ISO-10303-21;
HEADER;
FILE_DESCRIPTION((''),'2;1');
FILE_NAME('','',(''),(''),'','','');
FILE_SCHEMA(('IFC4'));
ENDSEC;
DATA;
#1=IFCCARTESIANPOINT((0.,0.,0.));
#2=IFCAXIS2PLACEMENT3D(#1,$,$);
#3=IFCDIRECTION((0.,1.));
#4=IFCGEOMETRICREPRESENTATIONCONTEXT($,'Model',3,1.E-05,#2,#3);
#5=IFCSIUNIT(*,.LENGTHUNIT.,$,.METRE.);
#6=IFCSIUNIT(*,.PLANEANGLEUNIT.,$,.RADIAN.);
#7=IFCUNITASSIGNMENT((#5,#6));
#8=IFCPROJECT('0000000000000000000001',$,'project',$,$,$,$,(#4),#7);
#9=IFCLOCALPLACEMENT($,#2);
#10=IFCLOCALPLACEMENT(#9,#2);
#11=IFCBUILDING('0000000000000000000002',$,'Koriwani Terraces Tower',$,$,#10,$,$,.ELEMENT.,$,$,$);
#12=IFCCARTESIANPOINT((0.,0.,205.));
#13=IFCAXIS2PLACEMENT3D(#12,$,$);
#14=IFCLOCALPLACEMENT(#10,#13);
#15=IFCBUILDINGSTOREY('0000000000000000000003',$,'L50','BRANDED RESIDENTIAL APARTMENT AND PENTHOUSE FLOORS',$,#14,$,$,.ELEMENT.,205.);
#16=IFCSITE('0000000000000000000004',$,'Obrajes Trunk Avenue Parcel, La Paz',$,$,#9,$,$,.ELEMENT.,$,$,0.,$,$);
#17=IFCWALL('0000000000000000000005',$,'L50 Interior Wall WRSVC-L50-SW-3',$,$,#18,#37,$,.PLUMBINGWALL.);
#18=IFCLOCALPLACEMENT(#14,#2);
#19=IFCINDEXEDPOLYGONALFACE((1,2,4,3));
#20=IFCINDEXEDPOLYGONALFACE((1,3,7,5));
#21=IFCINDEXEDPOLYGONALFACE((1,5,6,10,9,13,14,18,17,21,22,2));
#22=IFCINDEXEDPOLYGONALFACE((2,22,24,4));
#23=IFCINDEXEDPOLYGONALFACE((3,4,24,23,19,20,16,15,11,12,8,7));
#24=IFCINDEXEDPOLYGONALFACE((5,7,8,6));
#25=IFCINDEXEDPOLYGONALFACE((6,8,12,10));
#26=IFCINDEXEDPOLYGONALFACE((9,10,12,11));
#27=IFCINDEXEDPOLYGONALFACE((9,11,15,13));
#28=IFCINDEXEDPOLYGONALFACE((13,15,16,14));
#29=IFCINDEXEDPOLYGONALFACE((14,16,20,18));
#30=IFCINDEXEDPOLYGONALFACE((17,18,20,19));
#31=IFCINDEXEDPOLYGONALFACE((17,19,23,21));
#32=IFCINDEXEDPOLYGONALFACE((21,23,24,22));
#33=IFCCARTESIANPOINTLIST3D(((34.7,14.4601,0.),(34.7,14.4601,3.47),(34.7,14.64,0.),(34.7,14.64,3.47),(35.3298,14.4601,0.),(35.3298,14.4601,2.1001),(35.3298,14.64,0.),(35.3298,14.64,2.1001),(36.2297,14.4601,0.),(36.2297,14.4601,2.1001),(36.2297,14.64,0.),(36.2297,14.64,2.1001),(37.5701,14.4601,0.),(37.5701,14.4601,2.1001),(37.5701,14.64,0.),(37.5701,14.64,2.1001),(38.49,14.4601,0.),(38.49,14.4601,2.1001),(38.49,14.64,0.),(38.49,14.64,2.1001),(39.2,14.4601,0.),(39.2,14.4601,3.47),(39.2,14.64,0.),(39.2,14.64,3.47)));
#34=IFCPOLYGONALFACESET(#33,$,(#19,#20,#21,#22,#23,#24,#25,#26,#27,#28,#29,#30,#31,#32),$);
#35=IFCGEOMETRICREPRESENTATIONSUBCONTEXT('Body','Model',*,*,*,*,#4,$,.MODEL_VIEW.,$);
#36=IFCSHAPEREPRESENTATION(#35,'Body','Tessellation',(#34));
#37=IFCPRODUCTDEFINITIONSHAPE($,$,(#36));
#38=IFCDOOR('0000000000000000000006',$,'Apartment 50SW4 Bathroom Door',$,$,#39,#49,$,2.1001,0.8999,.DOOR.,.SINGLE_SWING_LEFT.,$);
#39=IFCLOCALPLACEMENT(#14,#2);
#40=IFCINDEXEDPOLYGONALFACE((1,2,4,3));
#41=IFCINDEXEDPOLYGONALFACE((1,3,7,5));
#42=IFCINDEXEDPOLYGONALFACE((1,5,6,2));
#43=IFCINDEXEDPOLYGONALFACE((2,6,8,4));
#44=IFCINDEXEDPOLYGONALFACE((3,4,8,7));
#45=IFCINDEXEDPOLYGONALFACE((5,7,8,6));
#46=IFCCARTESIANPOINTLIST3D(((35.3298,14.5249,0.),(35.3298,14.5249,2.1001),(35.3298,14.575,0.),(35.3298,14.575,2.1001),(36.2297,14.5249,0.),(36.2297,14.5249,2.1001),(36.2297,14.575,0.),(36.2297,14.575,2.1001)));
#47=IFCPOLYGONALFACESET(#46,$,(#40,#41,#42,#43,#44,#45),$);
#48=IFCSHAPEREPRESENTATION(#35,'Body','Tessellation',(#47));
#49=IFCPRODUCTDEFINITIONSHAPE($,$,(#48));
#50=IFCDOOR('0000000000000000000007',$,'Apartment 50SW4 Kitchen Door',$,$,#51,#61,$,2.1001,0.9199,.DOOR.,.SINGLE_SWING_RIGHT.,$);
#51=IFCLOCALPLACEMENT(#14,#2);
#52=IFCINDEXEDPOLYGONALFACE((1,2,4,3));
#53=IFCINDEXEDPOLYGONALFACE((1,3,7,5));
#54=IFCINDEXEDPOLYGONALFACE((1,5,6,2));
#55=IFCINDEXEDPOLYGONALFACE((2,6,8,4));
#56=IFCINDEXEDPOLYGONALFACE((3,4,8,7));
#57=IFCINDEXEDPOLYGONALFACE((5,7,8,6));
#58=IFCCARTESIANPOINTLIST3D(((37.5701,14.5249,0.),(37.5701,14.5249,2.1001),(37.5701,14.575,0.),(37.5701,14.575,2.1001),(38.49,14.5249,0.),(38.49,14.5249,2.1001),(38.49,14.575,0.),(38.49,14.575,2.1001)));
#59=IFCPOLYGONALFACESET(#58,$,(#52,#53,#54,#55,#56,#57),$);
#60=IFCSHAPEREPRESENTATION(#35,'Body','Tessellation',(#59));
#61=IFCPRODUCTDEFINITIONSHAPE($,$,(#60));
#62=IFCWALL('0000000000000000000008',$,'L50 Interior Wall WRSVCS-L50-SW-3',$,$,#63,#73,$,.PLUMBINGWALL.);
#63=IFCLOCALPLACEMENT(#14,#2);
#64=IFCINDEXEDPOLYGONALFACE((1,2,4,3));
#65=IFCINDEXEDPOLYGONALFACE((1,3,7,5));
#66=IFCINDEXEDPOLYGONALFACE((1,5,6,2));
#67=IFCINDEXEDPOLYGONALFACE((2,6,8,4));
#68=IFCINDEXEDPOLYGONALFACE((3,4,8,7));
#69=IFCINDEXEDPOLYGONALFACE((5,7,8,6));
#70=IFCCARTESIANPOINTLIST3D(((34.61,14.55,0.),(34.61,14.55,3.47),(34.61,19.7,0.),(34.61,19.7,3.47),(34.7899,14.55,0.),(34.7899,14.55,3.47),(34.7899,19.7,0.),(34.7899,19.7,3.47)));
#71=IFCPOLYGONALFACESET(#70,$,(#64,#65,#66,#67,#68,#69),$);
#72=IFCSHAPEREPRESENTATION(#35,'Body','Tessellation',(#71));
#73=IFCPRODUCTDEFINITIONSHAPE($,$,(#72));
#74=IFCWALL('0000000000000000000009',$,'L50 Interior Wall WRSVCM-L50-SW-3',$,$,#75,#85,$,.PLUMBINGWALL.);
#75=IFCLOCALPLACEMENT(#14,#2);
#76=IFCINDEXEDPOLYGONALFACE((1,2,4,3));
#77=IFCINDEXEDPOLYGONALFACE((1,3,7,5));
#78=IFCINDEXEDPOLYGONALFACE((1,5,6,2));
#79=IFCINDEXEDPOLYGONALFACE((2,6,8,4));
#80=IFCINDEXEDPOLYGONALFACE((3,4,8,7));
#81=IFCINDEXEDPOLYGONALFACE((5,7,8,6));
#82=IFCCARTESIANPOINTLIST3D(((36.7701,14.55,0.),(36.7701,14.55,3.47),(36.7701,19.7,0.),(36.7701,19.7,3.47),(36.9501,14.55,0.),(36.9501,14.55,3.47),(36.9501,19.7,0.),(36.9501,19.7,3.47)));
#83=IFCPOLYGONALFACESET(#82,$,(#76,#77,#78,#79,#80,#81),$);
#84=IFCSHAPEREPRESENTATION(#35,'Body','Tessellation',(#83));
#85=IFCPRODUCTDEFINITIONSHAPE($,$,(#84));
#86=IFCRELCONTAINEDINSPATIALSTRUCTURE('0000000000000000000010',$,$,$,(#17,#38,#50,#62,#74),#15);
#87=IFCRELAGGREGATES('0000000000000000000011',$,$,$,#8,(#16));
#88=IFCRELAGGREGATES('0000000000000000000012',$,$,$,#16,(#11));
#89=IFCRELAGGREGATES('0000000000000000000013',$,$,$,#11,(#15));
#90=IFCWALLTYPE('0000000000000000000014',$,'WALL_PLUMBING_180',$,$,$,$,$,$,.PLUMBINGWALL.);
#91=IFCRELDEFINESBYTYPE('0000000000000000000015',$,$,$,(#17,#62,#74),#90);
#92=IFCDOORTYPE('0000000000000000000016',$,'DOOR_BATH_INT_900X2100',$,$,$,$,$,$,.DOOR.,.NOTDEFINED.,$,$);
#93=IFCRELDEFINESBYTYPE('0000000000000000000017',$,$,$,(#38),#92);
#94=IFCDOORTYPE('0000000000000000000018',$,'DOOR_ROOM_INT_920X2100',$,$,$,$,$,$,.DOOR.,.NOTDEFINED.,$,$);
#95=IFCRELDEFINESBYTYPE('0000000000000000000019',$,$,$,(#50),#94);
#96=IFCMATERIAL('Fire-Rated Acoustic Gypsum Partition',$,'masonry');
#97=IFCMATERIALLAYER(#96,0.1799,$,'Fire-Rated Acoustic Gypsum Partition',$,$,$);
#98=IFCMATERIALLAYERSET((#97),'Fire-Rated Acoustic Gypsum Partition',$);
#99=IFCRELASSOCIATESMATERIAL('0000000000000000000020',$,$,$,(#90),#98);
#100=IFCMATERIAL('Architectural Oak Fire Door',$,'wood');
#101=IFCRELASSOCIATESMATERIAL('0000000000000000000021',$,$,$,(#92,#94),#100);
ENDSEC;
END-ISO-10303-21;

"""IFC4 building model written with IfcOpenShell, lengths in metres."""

from ifc_helpers import new_model, si_unit, direction, frame, frame_2d, origin, place, context, subcontext, project, spatial, rectangle, extrude, material, layer, layer_set, type_object, element, fill, save


model = new_model("IFC4")

# Units and contexts
model_context = context("Model", 3, precision=1e-05, world=origin(), true_north=direction((0.0, 1.0)))
body_context = subcontext(model_context, "Body", "Model", "MODEL_VIEW")
ifc_project = project(units=[si_unit("LENGTHUNIT", "METRE"), si_unit("PLANEANGLEUNIT", "RADIAN")], contexts=[model_context])

# Site, building, storey
site_placement = place(None, origin())
site = spatial("IfcSite", under=ifc_project, at=site_placement, Name="Obrajes Trunk Avenue Parcel, La Paz", CompositionType="ELEMENT", RefElevation=0.0)
building_placement = place(site_placement, origin())
building = spatial("IfcBuilding", under=site, at=building_placement, Name="Koriwani Terraces Tower", CompositionType="ELEMENT")
storey_placement = place(building_placement, frame((0.0, 0.0, 205.0)))
storey = spatial("IfcBuildingStorey", under=building, at=storey_placement, Name="L50", Description="BRANDED RESIDENTIAL APARTMENT AND PENTHOUSE FLOORS", CompositionType="ELEMENT", Elevation=205.0)

# Wall, openings, doors
ifc_material_1 = material(Name="Fire-Rated Acoustic Gypsum Partition", Category="masonry")
ifc_layer_1 = layer(ifc_material_1, 0.1799, Name="Fire-Rated Acoustic Gypsum Partition")
ifc_layer_set_1 = layer_set([ifc_layer_1], Name="Fire-Rated Acoustic Gypsum Partition")
wall_type_1 = type_object("IfcWallType", Name="WALL_PLUMBING_180", PredefinedType="PLUMBINGWALL", material=ifc_layer_set_1)
wall_1_placement = place(storey_placement, frame((34.7, 14.55, 0.0), z_axis=(0.0, 0.0, 1.0), x_axis=(1.0, 0.0, 0.0)))
wall_1 = element("IfcWall", 1, at=wall_1_placement, inside=storey, type_object=wall_type_1, Name="L50 Interior Wall WRSVC-L50-SW-3", PredefinedType="PLUMBINGWALL", context=body_context, shape_type="SweptSolid", body=[
    extrude(rectangle(XDim=4.5, YDim=0.1799, at=frame_2d((2.25, 0.0))), origin(), (0.0, 0.0, 1.0), 3.47),
])
opening_1_placement = place(wall_1_placement, frame((0.6299, 0.0, 0.0)))
opening_1 = element("IfcOpeningElement", 2, at=opening_1_placement, cuts=wall_1, PredefinedType="OPENING", context=body_context, shape_type="SweptSolid", body=[
    extrude(rectangle(XDim=0.8999, YDim=2.1001, at=frame_2d((0.45, 1.05))), frame((0.0, 0.1001, 0.0), z_axis=(0.0, -1.0, 0.0), x_axis=(1.0, 0.0, 0.0)), (0.0, 0.0, 1.0), 0.2),
])
opening_2_placement = place(wall_1_placement, frame((2.8701, 0.0, 0.0)))
opening_2 = element("IfcOpeningElement", 3, at=opening_2_placement, cuts=wall_1, PredefinedType="OPENING", context=body_context, shape_type="SweptSolid", body=[
    extrude(rectangle(XDim=0.9199, YDim=2.1001, at=frame_2d((0.46, 1.05))), frame((0.0, 0.1001, 0.0), z_axis=(0.0, -1.0, 0.0), x_axis=(1.0, 0.0, 0.0)), (0.0, 0.0, 1.0), 0.2),
])
ifc_material_2 = material(Name="Architectural Oak Fire Door", Category="wood")
door_type_1 = type_object("IfcDoorType", Name="DOOR_BATH_INT_900X2100", OperationType="NOTDEFINED", PredefinedType="DOOR", material=ifc_material_2)
door_1_placement = place(opening_1_placement, origin())
door_1 = element("IfcDoor", 4, at=door_1_placement, inside=storey, type_object=door_type_1, Name="Apartment 50SW4 Bathroom Door", OperationType="SINGLE_SWING_LEFT", OverallHeight=2.1001, OverallWidth=0.8999, PredefinedType="DOOR", context=body_context, shape_type="SweptSolid", body=[
    extrude(rectangle(XDim=0.8999, YDim=2.1001, at=frame_2d((0.45, 1.05))), frame((0.0, 0.0249, 0.0), z_axis=(0.0, -1.0, 0.0), x_axis=(1.0, 0.0, 0.0)), (0.0, 0.0, 1.0), 0.05),
])
fill(opening_1, door_1)
door_type_2 = type_object("IfcDoorType", Name="DOOR_ROOM_INT_920X2100", OperationType="NOTDEFINED", PredefinedType="DOOR", material=ifc_material_2)
door_2_placement = place(opening_2_placement, origin())
door_2 = element("IfcDoor", 5, at=door_2_placement, inside=storey, type_object=door_type_2, Name="Apartment 50SW4 Kitchen Door", OperationType="SINGLE_SWING_RIGHT", OverallHeight=2.1001, OverallWidth=0.9199, PredefinedType="DOOR", context=body_context, shape_type="SweptSolid", body=[
    extrude(rectangle(XDim=0.9199, YDim=2.1001, at=frame_2d((0.46, 1.05))), frame((0.0, 0.0249, 0.0), z_axis=(0.0, -1.0, 0.0), x_axis=(1.0, 0.0, 0.0)), (0.0, 0.0, 1.0), 0.05),
])
fill(opening_2, door_2)

# Walls
for number, where, z_axis, x_axis, name in (
    (6, (34.7, 14.55, 0.0), (0.0, 0.0, 1.0), (0.0, 1.0, 0.0), "L50 Interior Wall WRSVCS-L50-SW-3"),
    (7, (36.8601, 14.55, 0.0), (0.0, 0.0, 1.0), (0.0, 1.0, 0.0), "L50 Interior Wall WRSVCM-L50-SW-3"),
):
    element("IfcWall", number, at=place(storey_placement, frame(where, z_axis=z_axis, x_axis=x_axis)), inside=storey, type_object=wall_type_1, Name=name, PredefinedType="PLUMBINGWALL", context=body_context, shape_type="SweptSolid", body=[
        extrude(rectangle(XDim=5.1499, YDim=0.1799, at=frame_2d((2.575, 0.0))), origin(), (0.0, 0.0, 1.0), 3.47),
    ])

save(model, "model.ifc")
